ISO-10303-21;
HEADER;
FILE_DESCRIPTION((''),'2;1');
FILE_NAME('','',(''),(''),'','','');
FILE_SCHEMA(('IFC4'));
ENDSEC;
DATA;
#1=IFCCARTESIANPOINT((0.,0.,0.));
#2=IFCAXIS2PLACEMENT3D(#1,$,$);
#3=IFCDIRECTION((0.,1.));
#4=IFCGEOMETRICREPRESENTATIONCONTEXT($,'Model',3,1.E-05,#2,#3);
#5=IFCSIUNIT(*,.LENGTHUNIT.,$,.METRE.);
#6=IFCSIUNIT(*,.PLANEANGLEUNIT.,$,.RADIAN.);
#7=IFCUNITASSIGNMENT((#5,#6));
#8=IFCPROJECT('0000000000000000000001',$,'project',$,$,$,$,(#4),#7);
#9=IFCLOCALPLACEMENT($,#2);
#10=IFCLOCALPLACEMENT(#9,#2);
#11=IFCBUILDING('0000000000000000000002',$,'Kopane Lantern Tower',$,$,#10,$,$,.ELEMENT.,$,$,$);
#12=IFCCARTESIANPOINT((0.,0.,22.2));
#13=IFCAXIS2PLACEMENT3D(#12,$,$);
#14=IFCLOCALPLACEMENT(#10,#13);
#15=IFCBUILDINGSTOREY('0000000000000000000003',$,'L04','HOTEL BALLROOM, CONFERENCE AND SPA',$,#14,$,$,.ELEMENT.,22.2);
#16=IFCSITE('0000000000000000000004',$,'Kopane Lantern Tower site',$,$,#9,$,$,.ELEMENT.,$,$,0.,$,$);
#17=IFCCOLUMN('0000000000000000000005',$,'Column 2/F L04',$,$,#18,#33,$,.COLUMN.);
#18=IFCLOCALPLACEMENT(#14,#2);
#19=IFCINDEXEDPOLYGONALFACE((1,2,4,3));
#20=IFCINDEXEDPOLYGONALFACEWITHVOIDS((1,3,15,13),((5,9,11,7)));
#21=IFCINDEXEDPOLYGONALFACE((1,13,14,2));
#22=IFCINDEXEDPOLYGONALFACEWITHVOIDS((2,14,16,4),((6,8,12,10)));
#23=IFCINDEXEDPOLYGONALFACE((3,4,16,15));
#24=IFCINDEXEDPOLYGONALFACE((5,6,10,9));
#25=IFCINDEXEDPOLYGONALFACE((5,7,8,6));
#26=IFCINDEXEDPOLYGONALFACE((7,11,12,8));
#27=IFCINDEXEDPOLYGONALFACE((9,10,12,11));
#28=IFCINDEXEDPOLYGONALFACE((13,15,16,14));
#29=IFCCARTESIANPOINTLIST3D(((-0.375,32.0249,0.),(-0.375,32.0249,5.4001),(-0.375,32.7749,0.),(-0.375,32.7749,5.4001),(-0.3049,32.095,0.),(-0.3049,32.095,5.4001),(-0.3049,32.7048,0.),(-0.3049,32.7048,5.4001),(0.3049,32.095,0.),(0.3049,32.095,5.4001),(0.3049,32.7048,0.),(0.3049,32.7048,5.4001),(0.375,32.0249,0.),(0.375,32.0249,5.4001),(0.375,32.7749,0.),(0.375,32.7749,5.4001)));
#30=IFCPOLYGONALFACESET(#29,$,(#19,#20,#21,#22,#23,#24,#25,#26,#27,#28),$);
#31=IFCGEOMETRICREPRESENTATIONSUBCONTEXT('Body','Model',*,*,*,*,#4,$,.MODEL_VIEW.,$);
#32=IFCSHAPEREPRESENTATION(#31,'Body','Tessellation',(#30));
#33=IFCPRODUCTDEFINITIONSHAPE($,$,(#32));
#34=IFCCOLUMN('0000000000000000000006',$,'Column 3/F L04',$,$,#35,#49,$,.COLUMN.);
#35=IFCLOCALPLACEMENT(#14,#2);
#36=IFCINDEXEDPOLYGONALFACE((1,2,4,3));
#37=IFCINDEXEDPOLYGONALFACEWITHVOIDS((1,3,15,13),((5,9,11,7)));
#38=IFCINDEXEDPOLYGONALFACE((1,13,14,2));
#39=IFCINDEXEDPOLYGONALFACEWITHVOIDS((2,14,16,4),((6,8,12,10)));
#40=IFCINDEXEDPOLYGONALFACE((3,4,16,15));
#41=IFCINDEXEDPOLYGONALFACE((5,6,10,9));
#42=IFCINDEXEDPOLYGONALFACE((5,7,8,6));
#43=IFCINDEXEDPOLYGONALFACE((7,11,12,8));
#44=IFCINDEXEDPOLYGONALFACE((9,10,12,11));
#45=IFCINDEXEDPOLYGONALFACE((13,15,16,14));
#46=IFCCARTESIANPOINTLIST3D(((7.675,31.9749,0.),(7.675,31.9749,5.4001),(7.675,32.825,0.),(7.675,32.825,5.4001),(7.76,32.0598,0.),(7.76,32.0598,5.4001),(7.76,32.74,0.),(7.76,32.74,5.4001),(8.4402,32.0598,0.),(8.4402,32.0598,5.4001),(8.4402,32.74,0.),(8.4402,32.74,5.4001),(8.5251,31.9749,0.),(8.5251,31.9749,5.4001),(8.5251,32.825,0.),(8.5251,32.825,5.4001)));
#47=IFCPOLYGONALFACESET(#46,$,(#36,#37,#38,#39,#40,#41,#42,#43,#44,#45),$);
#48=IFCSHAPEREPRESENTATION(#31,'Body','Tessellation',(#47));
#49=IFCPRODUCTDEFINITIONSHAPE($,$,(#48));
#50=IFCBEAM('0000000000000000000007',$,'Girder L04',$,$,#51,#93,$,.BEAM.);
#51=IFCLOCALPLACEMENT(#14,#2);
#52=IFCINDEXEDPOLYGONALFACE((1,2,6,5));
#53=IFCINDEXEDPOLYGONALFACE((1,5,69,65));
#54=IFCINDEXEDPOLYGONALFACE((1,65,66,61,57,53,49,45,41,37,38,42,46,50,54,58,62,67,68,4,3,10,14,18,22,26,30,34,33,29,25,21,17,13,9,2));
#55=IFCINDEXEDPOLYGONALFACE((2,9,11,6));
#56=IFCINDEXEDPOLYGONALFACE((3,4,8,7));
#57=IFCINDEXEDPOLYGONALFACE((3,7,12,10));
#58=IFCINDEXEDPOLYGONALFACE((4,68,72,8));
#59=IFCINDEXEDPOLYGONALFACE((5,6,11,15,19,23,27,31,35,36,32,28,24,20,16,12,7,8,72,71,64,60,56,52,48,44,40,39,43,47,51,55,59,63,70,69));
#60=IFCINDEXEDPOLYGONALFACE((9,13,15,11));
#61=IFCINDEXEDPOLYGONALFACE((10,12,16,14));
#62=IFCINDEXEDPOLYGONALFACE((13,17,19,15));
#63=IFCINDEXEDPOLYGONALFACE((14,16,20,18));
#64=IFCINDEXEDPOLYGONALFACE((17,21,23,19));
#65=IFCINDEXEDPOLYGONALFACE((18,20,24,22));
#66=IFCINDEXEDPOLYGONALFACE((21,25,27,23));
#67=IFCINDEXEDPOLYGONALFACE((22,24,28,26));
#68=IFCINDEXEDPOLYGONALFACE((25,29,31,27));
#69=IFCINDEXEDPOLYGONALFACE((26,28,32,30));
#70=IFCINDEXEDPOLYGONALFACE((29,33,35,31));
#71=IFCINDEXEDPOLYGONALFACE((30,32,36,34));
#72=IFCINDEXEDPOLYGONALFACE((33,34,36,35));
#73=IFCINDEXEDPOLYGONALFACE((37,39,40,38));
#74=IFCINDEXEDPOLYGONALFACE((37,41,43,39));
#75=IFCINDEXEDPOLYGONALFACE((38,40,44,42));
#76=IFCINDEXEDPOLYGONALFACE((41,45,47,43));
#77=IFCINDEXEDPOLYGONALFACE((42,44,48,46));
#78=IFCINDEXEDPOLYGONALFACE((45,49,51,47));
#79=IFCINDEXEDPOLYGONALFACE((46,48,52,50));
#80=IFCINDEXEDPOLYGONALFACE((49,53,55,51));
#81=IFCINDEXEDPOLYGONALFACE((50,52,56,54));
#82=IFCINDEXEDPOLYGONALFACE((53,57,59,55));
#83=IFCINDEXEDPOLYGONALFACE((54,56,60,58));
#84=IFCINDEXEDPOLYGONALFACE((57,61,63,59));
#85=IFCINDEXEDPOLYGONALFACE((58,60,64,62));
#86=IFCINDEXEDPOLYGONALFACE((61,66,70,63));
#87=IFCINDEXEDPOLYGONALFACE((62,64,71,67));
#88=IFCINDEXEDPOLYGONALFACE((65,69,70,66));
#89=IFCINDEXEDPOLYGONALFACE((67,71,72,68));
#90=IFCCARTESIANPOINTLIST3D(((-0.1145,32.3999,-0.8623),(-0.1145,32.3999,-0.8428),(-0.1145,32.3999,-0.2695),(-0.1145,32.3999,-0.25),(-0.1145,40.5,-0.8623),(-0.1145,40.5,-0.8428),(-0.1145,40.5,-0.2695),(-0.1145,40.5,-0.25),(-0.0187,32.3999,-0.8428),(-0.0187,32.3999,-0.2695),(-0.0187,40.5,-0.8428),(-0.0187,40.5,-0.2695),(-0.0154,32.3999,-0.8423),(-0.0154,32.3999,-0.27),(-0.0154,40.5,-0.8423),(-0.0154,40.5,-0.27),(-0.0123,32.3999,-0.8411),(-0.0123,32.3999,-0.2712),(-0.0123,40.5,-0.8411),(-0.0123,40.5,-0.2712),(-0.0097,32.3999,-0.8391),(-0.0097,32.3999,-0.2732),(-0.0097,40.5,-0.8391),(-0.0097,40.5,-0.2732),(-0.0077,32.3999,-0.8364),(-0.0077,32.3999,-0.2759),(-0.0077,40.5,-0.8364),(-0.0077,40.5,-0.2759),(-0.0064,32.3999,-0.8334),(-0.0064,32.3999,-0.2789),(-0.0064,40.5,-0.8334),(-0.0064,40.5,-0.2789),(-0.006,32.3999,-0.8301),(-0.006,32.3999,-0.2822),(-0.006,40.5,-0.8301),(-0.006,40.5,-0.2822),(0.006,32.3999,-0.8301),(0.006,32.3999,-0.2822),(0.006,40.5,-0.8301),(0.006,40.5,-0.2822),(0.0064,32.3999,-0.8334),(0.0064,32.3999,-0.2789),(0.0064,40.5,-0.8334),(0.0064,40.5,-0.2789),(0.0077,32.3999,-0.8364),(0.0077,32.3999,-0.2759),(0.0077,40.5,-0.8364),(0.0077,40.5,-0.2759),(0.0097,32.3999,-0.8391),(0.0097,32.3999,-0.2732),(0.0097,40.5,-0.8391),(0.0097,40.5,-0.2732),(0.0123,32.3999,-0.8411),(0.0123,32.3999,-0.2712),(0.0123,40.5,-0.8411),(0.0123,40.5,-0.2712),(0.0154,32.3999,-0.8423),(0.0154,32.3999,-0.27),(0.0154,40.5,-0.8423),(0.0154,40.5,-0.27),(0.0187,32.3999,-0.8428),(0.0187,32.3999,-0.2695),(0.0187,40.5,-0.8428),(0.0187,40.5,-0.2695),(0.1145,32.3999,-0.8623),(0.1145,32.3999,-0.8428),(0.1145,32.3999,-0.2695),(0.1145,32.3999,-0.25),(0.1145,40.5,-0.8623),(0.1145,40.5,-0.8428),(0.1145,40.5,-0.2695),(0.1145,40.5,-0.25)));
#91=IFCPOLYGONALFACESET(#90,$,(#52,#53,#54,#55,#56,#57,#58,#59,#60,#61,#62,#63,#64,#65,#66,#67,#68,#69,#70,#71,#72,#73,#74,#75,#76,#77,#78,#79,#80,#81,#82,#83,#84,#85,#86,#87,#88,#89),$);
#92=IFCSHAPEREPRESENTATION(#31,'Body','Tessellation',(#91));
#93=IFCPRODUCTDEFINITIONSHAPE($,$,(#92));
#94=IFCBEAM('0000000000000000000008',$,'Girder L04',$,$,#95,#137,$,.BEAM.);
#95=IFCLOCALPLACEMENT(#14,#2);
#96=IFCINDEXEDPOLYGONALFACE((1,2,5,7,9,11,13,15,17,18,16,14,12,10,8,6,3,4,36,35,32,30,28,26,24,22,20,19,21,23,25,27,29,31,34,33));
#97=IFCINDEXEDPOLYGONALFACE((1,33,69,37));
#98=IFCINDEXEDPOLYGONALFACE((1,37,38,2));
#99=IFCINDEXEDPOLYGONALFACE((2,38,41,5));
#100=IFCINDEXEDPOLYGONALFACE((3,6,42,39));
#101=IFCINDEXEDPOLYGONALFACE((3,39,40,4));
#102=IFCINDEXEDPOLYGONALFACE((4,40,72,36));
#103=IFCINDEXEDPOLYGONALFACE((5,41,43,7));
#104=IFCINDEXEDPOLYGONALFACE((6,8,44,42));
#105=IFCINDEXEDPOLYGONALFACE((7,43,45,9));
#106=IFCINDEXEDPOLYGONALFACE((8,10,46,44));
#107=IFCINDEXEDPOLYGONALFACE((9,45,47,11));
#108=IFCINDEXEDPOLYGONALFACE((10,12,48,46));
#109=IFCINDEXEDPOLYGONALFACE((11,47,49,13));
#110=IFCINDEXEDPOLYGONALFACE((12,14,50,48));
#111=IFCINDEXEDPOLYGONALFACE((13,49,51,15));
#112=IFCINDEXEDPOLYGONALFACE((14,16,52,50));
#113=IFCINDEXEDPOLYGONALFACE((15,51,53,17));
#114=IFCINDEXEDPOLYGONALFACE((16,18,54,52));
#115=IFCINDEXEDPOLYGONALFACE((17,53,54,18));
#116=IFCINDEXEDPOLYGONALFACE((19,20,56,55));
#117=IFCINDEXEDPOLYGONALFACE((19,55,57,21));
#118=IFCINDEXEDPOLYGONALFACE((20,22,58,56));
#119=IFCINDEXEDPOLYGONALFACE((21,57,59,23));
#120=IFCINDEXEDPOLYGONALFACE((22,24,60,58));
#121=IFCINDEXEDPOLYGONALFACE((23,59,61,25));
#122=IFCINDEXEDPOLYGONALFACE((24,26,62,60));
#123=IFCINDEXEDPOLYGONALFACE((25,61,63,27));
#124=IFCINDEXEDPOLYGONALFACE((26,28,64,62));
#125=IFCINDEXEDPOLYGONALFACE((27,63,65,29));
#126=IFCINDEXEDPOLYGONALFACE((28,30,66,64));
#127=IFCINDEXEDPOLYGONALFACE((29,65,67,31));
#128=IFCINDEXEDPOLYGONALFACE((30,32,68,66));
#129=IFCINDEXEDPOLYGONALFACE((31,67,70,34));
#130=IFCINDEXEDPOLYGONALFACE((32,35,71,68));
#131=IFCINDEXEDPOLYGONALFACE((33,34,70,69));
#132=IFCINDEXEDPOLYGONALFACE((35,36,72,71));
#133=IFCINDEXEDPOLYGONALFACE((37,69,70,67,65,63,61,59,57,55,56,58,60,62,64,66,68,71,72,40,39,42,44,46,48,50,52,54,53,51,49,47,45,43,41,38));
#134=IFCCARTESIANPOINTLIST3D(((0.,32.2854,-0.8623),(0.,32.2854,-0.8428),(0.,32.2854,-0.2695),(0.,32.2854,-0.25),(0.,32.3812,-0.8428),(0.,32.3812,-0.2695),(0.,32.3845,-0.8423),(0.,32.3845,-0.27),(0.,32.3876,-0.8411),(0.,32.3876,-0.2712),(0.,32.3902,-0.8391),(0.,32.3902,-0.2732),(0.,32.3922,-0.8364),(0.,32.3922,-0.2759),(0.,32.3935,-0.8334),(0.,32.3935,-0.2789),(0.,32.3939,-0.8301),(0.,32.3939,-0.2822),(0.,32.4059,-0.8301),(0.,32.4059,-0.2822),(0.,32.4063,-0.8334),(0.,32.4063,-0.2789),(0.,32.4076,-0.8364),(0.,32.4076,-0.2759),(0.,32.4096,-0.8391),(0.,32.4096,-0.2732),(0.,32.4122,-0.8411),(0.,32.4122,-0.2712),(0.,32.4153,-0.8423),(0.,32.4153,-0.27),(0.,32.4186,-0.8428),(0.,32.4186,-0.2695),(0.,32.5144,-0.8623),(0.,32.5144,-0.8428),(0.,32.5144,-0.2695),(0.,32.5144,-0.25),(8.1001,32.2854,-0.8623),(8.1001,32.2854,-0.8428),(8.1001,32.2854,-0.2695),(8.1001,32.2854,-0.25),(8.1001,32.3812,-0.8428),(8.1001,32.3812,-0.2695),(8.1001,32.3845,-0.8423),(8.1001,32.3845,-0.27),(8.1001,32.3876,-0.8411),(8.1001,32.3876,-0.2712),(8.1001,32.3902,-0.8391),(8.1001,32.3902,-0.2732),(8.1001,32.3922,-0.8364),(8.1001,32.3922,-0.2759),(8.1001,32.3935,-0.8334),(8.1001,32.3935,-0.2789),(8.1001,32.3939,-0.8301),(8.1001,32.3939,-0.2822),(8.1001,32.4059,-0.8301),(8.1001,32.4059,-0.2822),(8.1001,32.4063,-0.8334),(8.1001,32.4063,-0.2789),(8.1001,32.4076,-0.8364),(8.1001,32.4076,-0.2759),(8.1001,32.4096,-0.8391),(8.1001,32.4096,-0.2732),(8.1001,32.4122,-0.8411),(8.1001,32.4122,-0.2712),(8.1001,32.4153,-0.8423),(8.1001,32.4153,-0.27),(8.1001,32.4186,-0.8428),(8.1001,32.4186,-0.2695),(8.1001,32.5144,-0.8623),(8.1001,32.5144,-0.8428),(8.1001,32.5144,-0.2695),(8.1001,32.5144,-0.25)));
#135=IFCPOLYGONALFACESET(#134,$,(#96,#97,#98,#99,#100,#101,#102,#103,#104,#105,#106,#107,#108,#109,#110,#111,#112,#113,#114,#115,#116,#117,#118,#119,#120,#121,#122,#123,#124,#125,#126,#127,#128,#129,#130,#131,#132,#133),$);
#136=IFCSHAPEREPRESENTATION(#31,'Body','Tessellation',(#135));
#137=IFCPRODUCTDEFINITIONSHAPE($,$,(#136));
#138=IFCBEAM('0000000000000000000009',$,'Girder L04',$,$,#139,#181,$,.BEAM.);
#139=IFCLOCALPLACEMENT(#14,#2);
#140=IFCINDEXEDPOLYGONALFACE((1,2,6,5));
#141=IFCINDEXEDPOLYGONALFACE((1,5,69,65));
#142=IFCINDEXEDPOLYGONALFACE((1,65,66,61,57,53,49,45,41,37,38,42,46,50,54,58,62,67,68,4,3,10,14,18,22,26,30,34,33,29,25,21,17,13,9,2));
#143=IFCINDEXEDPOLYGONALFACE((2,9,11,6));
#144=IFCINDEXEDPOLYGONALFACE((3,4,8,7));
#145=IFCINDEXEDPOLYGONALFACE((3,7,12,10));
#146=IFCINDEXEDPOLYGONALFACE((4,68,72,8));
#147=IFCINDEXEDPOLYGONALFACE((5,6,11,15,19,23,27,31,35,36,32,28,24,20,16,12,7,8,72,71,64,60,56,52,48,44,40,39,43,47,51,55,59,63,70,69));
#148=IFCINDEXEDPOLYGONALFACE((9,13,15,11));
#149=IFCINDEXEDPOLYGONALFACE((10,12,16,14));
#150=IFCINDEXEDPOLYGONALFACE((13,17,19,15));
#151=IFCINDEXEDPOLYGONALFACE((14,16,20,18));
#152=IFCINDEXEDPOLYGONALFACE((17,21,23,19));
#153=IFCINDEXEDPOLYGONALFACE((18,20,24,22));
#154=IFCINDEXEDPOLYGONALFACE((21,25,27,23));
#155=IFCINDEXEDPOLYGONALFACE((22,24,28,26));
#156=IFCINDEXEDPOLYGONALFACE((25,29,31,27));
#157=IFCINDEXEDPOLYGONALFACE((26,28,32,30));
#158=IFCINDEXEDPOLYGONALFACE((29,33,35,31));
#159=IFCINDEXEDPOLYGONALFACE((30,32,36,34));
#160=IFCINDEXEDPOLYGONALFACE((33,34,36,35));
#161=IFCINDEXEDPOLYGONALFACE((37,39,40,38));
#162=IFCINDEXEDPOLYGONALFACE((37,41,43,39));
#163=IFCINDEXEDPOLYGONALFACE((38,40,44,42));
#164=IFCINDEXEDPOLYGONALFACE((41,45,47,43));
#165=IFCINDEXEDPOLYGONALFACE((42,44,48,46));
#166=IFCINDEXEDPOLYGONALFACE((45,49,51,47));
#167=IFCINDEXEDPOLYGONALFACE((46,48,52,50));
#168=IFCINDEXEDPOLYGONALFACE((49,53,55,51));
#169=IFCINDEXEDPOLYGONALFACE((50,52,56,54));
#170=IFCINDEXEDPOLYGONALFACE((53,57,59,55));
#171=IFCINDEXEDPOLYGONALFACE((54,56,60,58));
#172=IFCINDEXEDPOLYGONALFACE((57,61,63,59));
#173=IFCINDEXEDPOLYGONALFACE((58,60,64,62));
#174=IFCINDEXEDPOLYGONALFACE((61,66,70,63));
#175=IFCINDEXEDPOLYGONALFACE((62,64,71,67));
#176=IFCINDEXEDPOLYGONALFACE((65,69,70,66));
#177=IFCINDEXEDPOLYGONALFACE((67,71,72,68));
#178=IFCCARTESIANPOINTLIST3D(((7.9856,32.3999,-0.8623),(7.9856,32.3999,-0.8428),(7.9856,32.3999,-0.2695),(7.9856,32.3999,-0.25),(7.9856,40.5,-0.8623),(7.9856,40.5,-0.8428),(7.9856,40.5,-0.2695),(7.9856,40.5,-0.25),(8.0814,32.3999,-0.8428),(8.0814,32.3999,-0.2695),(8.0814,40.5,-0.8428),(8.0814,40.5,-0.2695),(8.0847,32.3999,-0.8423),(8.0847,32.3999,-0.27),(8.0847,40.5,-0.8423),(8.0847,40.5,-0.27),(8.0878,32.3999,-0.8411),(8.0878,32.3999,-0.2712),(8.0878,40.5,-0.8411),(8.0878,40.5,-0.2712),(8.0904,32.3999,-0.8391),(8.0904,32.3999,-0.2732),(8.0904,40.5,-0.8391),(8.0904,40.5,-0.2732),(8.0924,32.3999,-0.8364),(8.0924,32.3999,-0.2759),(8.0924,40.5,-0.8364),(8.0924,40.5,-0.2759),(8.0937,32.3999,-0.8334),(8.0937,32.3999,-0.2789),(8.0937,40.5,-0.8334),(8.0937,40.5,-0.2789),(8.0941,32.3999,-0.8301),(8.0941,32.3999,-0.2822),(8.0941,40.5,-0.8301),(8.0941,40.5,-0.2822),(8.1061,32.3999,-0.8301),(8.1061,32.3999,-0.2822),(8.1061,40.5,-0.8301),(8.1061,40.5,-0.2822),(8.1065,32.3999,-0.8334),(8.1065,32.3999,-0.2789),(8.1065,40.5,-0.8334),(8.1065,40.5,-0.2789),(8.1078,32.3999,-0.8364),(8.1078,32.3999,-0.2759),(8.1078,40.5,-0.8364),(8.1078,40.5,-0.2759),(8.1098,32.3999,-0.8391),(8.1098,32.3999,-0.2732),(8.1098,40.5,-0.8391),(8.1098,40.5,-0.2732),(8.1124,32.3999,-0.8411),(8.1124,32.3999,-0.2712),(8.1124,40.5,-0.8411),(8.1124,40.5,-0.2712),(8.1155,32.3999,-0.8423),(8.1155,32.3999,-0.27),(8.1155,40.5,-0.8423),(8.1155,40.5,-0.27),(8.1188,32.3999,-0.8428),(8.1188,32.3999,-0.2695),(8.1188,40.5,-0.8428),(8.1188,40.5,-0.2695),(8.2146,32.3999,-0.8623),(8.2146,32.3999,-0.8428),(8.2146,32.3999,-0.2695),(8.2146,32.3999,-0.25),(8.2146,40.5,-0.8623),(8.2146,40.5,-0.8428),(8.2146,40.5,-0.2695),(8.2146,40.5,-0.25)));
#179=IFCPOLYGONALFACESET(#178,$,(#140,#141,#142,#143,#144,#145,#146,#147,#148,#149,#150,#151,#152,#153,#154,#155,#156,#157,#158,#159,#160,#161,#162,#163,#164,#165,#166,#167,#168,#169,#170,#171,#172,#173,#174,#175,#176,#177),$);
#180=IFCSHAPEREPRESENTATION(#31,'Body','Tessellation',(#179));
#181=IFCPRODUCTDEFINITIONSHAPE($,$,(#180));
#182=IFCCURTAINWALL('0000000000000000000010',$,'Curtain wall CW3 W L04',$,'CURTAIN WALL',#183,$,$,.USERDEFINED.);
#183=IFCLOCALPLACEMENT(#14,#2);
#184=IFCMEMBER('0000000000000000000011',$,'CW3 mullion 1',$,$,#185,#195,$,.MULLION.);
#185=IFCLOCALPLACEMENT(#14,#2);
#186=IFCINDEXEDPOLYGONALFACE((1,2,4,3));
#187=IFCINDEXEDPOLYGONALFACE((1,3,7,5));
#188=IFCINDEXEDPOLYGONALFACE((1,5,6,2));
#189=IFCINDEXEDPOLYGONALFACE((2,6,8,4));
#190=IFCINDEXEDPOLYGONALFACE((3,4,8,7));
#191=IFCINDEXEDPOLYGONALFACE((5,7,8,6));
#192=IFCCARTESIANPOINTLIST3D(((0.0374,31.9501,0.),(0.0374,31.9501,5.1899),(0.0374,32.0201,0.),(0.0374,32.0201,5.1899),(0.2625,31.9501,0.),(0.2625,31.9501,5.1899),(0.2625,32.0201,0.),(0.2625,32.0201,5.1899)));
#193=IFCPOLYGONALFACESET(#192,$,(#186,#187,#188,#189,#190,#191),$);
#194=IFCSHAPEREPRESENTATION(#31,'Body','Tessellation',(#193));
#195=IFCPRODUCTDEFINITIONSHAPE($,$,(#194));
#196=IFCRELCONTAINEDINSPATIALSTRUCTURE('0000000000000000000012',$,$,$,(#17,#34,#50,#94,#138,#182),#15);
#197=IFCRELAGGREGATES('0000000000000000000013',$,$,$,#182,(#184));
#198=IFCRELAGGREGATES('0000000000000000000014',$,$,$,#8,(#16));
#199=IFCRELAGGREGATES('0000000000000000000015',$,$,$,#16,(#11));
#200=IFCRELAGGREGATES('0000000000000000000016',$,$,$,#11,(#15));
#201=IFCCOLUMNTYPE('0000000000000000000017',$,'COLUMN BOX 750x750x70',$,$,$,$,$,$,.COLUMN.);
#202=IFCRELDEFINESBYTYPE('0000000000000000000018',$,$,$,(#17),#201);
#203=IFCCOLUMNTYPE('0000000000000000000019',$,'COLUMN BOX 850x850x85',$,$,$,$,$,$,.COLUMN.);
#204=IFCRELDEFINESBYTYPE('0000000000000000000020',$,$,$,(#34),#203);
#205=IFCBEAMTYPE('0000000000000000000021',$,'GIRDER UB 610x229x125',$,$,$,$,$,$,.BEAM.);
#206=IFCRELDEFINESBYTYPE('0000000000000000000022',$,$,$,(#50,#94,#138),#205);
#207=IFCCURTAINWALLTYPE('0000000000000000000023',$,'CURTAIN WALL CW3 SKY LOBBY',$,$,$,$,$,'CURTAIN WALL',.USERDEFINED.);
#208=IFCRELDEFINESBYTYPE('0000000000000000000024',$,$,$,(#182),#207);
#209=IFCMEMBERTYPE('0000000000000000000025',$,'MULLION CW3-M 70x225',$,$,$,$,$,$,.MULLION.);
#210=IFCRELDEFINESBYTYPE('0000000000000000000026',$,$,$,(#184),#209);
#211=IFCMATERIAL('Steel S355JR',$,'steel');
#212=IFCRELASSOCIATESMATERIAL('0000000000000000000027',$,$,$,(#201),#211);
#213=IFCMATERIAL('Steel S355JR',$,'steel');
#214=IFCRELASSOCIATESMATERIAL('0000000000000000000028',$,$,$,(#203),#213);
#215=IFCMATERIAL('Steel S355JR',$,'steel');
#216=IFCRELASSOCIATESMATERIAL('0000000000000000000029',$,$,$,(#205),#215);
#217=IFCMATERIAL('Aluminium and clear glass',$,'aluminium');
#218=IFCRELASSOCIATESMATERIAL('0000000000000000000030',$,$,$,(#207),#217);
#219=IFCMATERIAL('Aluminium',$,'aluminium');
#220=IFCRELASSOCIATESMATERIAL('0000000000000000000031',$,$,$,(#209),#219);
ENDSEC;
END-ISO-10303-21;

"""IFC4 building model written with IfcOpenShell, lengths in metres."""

from ifc_helpers import new_model, si_unit, direction, frame, origin, origin_2d, place, context, subcontext, project, spatial, rectangle, hollow_rectangle, i_section, extrude, material, material_profile, profile_set, type_object, element, aggregate, save


model = new_model("IFC4")

# Units and contexts
model_context = context("Model", 3, precision=1e-05, world=origin(), true_north=direction((0.0, 1.0)))
body_context = subcontext(model_context, "Body", "Model", "MODEL_VIEW")
ifc_project = project(units=[si_unit("LENGTHUNIT", "METRE"), si_unit("PLANEANGLEUNIT", "RADIAN")], contexts=[model_context])

# Site, building, storey
site_placement = place(None, origin())
site = spatial("IfcSite", under=ifc_project, at=site_placement, Name="Kopane Lantern Tower site", CompositionType="ELEMENT", RefElevation=0.0)
building_placement = place(site_placement, origin())
building = spatial("IfcBuilding", under=site, at=building_placement, Name="Kopane Lantern Tower", CompositionType="ELEMENT")
storey_placement = place(building_placement, frame((0.0, 0.0, 22.2)))
storey = spatial("IfcBuildingStorey", under=building, at=storey_placement, Name="L04", Description="HOTEL BALLROOM, CONFERENCE AND SPA", CompositionType="ELEMENT", Elevation=22.2)

# Columns
ifc_material_1 = material(Name="Steel S355JR", Category="steel")
ifc_material_profile_1 = material_profile(ifc_material_1, hollow_rectangle(XDim=0.75, YDim=0.75, WallThickness=0.0701, at=origin_2d()), Name="BOX 750x750x70")
ifc_profile_set_1 = profile_set([ifc_material_profile_1], Name="Steel S355JR")
column_type_1 = type_object("IfcColumnType", Name="COLUMN BOX 750x750x70", PredefinedType="COLUMN", material=ifc_profile_set_1)
column_1_placement = place(storey_placement, frame((0.0, 32.3999, 0.0), z_axis=(0.0, 0.0, 1.0), x_axis=(1.0, 0.0, 0.0)))
element("IfcColumn", 1, at=column_1_placement, inside=storey, type_object=column_type_1, Name="Column 2/F L04", PredefinedType="COLUMN", context=body_context, shape_type="SweptSolid", body=[
    extrude(hollow_rectangle(XDim=0.75, YDim=0.75, WallThickness=0.0701, at=origin_2d()), origin(), (0.0, 0.0, 1.0), 5.4001),
])
ifc_material_2 = material(Name="Steel S355JR", Category="steel")
ifc_material_profile_2 = material_profile(ifc_material_2, hollow_rectangle(XDim=0.8501, YDim=0.8501, WallThickness=0.085, at=origin_2d()), Name="BOX 850x850x85")
ifc_profile_set_2 = profile_set([ifc_material_profile_2], Name="Steel S355JR")
column_type_2 = type_object("IfcColumnType", Name="COLUMN BOX 850x850x85", PredefinedType="COLUMN", material=ifc_profile_set_2)
column_2_placement = place(storey_placement, frame((8.1001, 32.3999, 0.0), z_axis=(0.0, 0.0, 1.0), x_axis=(1.0, 0.0, 0.0)))
element("IfcColumn", 2, at=column_2_placement, inside=storey, type_object=column_type_2, Name="Column 3/F L04", PredefinedType="COLUMN", context=body_context, shape_type="SweptSolid", body=[
    extrude(hollow_rectangle(XDim=0.8501, YDim=0.8501, WallThickness=0.085, at=origin_2d()), origin(), (0.0, 0.0, 1.0), 5.4001),
])

# Beams
ifc_material_3 = material(Name="Steel S355JR", Category="steel")
ifc_material_profile_3 = material_profile(ifc_material_3, i_section(OverallWidth=0.229, OverallDepth=0.6123, WebThickness=0.012, FlangeThickness=0.0195, FilletRadius=0.0127, at=origin_2d()), Name="UB 610x229x125")
ifc_profile_set_3 = profile_set([ifc_material_profile_3], Name="Steel S355JR")
beam_type = type_object("IfcBeamType", Name="GIRDER UB 610x229x125", PredefinedType="BEAM", material=ifc_profile_set_3)
for number, where, z_axis, x_axis, name in (
    (3, (0.0, 32.3999, -0.5562), (0.0, 1.0, 0.0), (-1.0, 0.0, 0.0), "Girder L04"),
    (4, (0.0, 32.3999, -0.5562), (1.0, 0.0, 0.0), (0.0, 1.0, 0.0), "Girder L04"),
    (5, (8.1001, 32.3999, -0.5562), (0.0, 1.0, 0.0), (-1.0, 0.0, 0.0), "Girder L04"),
):
    element("IfcBeam", number, at=place(storey_placement, frame(where, z_axis=z_axis, x_axis=x_axis)), inside=storey, type_object=beam_type, Name=name, PredefinedType="BEAM", context=body_context, shape_type="SweptSolid", body=[
        extrude(i_section(OverallWidth=0.229, OverallDepth=0.6123, WebThickness=0.012, FlangeThickness=0.0195, FilletRadius=0.0127, at=origin_2d()), origin(), (0.0, 0.0, 1.0), 8.1001),
    ])

# Curtain wall, member
ifc_material_4 = material(Name="Aluminium and clear glass", Category="aluminium")
curtain_wall_type = type_object("IfcCurtainWallType", Name="CURTAIN WALL CW3 SKY LOBBY", ElementType="CURTAIN WALL", PredefinedType="USERDEFINED", material=ifc_material_4)
curtain_wall_placement = place(storey_placement, origin())
curtain_wall = element("IfcCurtainWall", 6, at=curtain_wall_placement, inside=storey, type_object=curtain_wall_type, Name="Curtain wall CW3 W L04", ObjectType="CURTAIN WALL", PredefinedType="USERDEFINED")
ifc_material_5 = material(Name="Aluminium", Category="aluminium")
ifc_material_profile_4 = material_profile(ifc_material_5, rectangle(XDim=0.0701, YDim=0.2251, at=origin_2d()), Name="AL 70x225")
ifc_profile_set_4 = profile_set([ifc_material_profile_4], Name="Aluminium")
member_type_1 = type_object("IfcMemberType", Name="MULLION CW3-M 70x225", PredefinedType="MULLION", material=ifc_profile_set_4)
member_1_placement = place(storey_placement, frame((0.1499, 31.9851, 0.0), z_axis=(0.0, 0.0, 1.0), x_axis=(0.0, -1.0, 0.0)))
member_1 = element("IfcMember", 7, at=member_1_placement, type_object=member_type_1, Name="CW3 mullion 1", PredefinedType="MULLION", context=body_context, shape_type="SweptSolid", body=[
    extrude(rectangle(XDim=0.0701, YDim=0.2251, at=origin_2d()), origin(), (0.0, 0.0, 1.0), 5.1899),
])
aggregate(curtain_wall, [member_1])

save(model, "model.ifc")
